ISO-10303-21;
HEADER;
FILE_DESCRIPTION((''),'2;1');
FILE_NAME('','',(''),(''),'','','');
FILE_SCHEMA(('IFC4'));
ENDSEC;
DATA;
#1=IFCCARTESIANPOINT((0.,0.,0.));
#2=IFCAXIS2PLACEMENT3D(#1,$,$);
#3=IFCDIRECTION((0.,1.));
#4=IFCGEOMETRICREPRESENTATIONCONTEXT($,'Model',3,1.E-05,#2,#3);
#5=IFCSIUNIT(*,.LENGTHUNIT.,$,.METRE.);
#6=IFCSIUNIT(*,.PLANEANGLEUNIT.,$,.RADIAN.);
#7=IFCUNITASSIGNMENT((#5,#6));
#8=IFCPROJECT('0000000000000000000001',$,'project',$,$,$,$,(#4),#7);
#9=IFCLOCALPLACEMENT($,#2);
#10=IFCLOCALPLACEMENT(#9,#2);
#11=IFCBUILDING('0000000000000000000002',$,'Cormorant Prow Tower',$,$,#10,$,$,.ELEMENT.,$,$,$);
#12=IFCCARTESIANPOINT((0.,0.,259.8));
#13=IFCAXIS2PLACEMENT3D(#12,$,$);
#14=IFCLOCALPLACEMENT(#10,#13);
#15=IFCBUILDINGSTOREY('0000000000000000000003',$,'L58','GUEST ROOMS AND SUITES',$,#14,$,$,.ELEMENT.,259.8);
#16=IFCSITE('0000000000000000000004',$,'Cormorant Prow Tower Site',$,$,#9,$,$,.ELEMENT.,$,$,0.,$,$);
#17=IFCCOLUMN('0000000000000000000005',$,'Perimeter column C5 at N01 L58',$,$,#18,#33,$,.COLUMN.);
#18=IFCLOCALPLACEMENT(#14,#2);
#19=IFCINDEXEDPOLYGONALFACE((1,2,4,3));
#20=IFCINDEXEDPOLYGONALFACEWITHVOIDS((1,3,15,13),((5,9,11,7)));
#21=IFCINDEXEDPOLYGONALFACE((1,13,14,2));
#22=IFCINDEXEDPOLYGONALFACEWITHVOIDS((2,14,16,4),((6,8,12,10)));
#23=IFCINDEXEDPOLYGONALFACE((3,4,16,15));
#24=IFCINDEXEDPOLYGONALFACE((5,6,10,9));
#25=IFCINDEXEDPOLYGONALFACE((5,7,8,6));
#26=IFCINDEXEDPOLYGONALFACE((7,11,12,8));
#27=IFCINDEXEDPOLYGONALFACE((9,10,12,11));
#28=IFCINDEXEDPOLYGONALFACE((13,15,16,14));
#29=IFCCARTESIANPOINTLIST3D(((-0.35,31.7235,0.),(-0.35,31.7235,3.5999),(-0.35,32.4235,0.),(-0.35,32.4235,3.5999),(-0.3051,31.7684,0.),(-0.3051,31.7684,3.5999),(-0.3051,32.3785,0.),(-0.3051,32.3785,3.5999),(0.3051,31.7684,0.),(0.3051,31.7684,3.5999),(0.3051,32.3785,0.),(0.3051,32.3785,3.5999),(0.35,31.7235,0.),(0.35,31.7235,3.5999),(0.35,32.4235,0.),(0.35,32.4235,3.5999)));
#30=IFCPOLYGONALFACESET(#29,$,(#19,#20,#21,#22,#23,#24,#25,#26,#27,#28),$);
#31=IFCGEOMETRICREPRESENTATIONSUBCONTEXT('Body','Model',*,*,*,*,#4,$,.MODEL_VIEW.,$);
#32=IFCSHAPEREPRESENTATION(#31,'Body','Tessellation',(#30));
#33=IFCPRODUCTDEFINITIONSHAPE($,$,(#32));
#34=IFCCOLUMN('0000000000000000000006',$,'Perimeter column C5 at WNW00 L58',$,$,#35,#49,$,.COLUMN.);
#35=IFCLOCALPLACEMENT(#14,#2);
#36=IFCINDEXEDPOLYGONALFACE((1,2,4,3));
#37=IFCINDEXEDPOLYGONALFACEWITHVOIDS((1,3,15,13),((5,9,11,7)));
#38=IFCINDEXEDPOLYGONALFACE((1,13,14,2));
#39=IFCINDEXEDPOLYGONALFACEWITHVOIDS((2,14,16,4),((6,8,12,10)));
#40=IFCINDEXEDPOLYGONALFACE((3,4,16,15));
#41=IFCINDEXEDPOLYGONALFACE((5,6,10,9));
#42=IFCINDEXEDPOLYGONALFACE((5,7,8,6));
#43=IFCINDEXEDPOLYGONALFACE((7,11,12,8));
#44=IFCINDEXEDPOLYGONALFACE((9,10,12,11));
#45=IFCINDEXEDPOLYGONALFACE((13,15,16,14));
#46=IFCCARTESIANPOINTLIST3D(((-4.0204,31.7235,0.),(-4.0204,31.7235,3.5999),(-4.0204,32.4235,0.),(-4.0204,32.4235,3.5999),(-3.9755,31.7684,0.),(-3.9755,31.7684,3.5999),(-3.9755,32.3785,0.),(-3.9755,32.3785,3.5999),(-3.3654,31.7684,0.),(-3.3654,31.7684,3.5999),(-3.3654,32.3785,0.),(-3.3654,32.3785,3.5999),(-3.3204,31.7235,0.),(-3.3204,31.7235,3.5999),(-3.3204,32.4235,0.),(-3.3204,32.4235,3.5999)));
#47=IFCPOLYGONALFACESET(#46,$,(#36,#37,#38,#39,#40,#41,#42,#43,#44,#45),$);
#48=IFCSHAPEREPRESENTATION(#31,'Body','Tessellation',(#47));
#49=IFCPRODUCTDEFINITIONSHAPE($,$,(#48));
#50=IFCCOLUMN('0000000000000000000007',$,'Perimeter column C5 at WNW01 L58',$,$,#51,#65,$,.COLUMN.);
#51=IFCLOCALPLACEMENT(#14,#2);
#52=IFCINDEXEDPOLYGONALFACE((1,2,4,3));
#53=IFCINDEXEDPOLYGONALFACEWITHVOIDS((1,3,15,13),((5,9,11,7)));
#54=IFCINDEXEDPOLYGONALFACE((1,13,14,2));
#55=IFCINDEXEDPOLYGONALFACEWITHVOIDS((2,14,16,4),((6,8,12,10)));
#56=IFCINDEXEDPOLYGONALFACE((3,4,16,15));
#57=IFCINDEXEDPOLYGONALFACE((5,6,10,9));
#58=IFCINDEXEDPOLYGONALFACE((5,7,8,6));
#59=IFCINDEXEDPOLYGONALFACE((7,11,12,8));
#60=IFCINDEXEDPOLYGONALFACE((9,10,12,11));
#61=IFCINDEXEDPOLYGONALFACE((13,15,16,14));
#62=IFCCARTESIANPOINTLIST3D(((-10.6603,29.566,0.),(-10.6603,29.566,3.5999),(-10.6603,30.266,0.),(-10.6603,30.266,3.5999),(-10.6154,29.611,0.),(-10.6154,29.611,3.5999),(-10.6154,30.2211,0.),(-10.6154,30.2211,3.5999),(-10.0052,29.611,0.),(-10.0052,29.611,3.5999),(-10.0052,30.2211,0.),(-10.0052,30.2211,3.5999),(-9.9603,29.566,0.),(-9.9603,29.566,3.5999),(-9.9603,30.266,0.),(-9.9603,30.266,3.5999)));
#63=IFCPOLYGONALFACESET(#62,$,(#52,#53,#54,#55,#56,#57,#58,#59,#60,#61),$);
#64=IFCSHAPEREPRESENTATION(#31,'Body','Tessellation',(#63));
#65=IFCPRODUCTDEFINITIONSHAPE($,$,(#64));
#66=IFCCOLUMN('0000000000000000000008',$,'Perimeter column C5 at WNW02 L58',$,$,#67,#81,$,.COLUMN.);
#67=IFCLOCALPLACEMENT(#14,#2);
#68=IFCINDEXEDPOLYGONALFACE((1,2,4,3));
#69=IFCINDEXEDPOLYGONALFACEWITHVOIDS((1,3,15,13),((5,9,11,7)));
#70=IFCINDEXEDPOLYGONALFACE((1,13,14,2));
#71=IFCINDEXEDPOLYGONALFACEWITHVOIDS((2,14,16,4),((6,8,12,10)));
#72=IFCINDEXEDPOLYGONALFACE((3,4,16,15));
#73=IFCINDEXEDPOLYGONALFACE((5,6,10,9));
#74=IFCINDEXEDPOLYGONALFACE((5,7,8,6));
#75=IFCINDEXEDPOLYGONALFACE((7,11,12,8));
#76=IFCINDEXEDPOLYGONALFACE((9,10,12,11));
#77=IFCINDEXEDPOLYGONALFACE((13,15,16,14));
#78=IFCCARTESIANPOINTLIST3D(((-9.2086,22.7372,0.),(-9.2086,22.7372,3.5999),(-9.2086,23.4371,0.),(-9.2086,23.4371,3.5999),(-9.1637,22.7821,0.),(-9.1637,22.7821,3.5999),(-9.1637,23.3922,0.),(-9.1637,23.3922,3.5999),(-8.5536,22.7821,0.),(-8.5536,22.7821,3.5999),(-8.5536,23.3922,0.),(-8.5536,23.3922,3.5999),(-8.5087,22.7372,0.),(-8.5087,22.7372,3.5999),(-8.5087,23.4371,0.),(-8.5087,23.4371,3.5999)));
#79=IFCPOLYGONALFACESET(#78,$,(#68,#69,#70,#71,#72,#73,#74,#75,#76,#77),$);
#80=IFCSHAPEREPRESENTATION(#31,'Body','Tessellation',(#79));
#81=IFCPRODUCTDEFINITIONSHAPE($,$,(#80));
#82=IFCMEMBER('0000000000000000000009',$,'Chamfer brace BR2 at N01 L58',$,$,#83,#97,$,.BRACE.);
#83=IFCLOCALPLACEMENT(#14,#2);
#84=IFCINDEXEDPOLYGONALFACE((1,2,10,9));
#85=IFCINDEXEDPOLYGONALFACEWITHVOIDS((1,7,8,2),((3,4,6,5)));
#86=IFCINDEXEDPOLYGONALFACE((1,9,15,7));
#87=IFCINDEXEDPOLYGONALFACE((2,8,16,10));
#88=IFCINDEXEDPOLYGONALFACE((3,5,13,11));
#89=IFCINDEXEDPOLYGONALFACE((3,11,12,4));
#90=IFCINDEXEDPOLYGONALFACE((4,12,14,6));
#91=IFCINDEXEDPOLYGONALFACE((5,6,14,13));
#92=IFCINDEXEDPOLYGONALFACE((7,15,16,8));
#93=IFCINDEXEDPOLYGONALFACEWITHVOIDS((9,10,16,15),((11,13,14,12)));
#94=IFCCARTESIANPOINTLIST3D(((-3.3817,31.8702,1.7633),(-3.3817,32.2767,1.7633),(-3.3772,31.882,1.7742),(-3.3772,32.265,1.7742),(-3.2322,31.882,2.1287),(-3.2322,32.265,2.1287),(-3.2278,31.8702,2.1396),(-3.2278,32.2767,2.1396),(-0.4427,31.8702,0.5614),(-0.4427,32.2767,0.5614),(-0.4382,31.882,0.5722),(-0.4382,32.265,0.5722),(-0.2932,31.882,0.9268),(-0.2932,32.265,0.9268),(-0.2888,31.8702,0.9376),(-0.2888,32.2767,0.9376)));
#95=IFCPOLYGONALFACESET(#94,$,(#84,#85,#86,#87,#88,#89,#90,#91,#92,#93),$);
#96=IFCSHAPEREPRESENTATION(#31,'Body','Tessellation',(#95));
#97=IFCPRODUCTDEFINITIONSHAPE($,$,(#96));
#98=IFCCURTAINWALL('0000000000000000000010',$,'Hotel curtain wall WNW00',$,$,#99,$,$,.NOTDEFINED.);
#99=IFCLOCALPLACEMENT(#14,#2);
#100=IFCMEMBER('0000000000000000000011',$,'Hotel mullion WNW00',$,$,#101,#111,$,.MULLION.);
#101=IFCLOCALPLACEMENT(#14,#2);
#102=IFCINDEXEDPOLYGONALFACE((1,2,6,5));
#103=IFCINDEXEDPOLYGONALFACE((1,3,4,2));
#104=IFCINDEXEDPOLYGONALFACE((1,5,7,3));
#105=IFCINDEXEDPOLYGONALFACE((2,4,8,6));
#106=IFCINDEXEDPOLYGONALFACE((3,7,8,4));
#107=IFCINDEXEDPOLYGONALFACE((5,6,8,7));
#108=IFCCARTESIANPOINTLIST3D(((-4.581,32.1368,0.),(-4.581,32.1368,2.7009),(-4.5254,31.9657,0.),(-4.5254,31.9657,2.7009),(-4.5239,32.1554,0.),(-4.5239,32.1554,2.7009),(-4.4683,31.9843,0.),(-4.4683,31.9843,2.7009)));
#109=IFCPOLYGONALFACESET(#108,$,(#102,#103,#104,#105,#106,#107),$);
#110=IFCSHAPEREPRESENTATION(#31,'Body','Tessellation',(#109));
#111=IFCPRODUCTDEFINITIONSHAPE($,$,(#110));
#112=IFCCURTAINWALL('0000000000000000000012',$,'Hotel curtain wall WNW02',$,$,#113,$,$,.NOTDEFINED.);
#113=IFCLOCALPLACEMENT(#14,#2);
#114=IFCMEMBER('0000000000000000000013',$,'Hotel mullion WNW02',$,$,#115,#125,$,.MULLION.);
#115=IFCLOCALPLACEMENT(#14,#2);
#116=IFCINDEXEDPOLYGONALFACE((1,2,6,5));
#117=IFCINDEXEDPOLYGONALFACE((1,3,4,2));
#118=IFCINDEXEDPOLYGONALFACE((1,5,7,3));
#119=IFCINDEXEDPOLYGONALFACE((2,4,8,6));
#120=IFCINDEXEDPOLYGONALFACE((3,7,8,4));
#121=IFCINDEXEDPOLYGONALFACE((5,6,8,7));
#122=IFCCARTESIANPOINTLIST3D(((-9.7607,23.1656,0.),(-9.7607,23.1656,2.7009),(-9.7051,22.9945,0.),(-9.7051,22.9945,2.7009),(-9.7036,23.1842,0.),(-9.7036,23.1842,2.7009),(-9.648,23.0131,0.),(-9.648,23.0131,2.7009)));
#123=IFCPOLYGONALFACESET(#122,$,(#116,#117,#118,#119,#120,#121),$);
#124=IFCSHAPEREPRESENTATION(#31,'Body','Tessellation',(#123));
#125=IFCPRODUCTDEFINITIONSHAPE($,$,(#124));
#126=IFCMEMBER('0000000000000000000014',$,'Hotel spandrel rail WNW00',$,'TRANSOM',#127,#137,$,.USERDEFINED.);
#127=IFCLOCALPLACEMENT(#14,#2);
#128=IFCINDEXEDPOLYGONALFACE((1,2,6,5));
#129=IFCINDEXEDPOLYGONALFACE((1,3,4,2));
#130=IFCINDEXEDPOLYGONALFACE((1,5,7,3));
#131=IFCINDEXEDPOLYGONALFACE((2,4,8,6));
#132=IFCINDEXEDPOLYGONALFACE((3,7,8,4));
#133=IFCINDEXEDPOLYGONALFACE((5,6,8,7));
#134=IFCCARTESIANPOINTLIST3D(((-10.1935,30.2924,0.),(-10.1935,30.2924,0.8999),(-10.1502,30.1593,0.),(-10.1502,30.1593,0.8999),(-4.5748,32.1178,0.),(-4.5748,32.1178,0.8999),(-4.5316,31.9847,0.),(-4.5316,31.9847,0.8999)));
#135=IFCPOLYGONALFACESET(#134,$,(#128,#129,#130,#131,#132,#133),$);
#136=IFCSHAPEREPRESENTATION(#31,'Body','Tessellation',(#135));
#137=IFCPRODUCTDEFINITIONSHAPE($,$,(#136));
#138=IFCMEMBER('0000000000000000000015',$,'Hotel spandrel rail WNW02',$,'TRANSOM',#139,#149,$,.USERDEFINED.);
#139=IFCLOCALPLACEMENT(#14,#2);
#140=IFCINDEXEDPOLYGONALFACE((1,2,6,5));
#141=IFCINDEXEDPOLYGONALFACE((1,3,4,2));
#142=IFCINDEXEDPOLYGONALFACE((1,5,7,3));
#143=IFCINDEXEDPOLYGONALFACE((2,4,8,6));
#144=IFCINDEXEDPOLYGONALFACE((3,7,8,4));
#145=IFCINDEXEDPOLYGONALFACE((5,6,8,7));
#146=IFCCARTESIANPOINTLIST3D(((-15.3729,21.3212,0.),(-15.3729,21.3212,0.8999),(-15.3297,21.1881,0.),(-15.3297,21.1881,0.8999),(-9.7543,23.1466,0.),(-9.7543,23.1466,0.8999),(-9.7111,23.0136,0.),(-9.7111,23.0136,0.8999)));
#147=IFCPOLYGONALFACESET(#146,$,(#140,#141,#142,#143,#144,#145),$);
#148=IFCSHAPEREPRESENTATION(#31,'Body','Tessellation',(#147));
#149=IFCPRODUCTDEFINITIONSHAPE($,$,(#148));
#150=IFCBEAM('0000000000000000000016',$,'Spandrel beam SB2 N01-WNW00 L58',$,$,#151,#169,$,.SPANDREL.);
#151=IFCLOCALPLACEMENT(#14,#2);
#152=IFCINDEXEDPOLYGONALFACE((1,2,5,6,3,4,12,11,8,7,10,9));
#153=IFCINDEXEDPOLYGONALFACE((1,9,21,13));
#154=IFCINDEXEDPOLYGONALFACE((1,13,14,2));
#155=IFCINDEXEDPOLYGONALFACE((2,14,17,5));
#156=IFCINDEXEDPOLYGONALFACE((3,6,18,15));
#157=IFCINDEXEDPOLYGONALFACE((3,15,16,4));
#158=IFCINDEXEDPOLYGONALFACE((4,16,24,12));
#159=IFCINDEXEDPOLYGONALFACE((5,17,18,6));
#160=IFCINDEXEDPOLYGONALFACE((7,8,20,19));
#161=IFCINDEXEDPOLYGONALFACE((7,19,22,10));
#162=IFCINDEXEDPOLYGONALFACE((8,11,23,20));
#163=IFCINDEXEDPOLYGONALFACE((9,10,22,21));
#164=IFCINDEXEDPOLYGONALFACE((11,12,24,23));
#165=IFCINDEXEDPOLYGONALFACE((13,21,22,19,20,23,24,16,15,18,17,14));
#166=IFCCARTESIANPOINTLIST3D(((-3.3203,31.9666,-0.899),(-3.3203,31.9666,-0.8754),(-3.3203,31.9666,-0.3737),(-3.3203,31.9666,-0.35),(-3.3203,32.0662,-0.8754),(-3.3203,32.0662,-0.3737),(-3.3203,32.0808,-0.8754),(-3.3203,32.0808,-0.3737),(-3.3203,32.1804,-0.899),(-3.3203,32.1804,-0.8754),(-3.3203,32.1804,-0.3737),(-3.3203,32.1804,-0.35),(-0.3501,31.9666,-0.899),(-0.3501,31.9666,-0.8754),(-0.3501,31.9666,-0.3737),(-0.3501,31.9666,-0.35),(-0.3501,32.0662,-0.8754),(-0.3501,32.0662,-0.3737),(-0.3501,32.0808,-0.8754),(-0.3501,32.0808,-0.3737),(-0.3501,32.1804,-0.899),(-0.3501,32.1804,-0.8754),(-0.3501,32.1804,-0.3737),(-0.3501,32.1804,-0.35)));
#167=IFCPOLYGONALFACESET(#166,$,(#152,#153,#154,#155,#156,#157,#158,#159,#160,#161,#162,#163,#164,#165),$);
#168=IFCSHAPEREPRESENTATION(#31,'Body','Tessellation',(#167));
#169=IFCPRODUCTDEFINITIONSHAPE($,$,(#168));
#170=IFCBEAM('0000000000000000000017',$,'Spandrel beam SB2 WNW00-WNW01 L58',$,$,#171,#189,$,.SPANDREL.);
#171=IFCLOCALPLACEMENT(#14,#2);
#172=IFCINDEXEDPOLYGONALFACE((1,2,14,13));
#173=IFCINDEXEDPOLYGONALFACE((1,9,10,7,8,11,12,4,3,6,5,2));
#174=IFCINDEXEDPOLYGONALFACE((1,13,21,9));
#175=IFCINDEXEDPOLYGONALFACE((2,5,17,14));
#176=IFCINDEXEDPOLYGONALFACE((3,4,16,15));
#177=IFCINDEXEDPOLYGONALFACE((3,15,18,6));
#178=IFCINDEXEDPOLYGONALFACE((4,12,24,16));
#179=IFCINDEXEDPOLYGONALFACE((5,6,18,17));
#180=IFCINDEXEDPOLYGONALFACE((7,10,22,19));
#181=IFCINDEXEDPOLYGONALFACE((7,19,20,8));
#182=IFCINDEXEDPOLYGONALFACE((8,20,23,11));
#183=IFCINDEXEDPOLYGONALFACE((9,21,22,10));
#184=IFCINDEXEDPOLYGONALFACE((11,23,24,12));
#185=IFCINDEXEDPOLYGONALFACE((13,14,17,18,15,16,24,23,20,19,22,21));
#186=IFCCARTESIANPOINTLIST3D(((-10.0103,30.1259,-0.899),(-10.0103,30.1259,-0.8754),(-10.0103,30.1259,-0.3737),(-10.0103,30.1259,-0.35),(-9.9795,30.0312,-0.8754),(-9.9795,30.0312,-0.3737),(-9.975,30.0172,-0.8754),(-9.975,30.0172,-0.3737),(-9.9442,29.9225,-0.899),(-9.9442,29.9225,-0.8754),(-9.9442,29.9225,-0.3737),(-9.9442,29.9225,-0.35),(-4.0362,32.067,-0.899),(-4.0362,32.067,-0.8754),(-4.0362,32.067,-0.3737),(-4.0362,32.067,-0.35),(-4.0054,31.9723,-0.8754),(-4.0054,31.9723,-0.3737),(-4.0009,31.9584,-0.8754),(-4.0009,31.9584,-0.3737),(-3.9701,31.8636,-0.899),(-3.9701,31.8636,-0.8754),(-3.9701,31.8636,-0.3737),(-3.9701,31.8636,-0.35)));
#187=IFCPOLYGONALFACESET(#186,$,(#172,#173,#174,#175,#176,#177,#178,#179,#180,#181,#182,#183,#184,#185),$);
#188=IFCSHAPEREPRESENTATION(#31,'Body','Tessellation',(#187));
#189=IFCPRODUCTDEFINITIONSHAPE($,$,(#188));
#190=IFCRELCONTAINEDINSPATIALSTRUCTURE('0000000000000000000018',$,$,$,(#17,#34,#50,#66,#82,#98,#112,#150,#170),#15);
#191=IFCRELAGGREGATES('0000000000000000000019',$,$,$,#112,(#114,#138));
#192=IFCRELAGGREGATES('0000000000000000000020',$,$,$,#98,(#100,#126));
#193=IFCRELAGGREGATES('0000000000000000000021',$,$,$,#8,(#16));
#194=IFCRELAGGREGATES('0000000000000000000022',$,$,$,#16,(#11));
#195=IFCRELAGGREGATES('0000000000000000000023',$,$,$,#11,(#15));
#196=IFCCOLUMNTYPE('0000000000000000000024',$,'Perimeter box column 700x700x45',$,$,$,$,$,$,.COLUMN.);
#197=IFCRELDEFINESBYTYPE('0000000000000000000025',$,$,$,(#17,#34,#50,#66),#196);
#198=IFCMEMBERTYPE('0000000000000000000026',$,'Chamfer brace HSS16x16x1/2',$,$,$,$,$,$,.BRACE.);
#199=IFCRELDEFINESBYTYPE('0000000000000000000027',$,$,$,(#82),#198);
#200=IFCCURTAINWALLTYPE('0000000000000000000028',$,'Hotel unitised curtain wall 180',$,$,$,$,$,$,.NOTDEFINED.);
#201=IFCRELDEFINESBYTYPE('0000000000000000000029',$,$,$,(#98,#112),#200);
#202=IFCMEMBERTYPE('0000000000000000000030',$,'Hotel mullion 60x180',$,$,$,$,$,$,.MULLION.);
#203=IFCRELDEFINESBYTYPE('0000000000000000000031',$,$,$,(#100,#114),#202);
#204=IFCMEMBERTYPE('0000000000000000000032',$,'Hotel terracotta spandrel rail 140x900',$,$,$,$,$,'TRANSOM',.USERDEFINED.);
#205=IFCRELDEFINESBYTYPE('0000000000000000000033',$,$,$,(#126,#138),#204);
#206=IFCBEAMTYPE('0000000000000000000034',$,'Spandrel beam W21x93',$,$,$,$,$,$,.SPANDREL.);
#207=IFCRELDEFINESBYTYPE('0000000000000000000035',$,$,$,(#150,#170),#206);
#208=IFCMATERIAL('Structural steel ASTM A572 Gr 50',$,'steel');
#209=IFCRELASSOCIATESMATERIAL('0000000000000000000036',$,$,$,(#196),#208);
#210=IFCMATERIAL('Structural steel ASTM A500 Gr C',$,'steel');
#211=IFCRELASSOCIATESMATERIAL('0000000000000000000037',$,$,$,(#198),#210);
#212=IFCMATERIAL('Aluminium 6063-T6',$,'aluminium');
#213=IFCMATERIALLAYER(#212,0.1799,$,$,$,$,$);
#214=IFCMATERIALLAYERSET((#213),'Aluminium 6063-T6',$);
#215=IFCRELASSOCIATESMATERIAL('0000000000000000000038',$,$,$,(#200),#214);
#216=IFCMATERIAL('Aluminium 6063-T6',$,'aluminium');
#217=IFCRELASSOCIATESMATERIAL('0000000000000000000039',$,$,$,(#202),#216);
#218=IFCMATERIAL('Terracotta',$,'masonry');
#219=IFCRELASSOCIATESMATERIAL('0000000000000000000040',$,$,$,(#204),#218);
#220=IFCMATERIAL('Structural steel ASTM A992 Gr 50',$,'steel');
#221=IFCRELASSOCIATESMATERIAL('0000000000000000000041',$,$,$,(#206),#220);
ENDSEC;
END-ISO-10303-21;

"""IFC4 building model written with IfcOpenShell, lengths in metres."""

from ifc_helpers import new_model, si_unit, direction, frame, origin, origin_2d, place, context, subcontext, project, spatial, rectangle, hollow_rectangle, i_section, extrude, material, layer, layer_set, material_profile, profile_set, type_object, element, aggregate, save


model = new_model("IFC4")

# Units and contexts
model_context = context("Model", 3, precision=1e-05, world=origin(), true_north=direction((0.0, 1.0)))
body_context = subcontext(model_context, "Body", "Model", "MODEL_VIEW")
ifc_project = project(units=[si_unit("LENGTHUNIT", "METRE"), si_unit("PLANEANGLEUNIT", "RADIAN")], contexts=[model_context])

# Site, building, storey
site_placement = place(None, origin())
site = spatial("IfcSite", under=ifc_project, at=site_placement, Name="Cormorant Prow Tower Site", CompositionType="ELEMENT", RefElevation=0.0)
building_placement = place(site_placement, origin())
building = spatial("IfcBuilding", under=site, at=building_placement, Name="Cormorant Prow Tower", CompositionType="ELEMENT")
storey_placement = place(building_placement, frame((0.0, 0.0, 259.8)))
storey = spatial("IfcBuildingStorey", under=building, at=storey_placement, Name="L58", Description="GUEST ROOMS AND SUITES", CompositionType="ELEMENT", Elevation=259.8)

# Columns
ifc_material_1 = material(Name="Structural steel ASTM A572 Gr 50", Category="steel")
ifc_material_profile_1 = material_profile(ifc_material_1, hollow_rectangle(XDim=0.7, YDim=0.7, WallThickness=0.0449, at=origin_2d()), Name="Box 700x700x45")
ifc_profile_set_1 = profile_set([ifc_material_profile_1], Name="Structural steel ASTM A572 Gr 50")
column_type = type_object("IfcColumnType", Name="Perimeter box column 700x700x45", PredefinedType="COLUMN", material=ifc_profile_set_1)
for number, where, z_axis, x_axis, name in (
    (1, (0.0, 32.0735, 0.0), (0.0, 0.0, 1.0), (1.0, 0.0, 0.0), "Perimeter column C5 at N01 L58"),
    (2, (-3.6704, 32.0735, 0.0), (0.0, 0.0, 1.0), (1.0, 0.0, 0.0), "Perimeter column C5 at WNW00 L58"),
    (3, (-10.3103, 29.916, 0.0), (0.0, 0.0, 1.0), (1.0, 0.0, 0.0), "Perimeter column C5 at WNW01 L58"),
    (4, (-8.8586, 23.0872, 0.0), (0.0, 0.0, 1.0), (1.0, 0.0, 0.0), "Perimeter column C5 at WNW02 L58"),
):
    element("IfcColumn", number, at=place(storey_placement, frame(where, z_axis=z_axis, x_axis=x_axis)), inside=storey, type_object=column_type, Name=name, PredefinedType="COLUMN", context=body_context, shape_type="SweptSolid", body=[
        extrude(hollow_rectangle(XDim=0.7, YDim=0.7, WallThickness=0.0449, at=origin_2d()), origin(), (0.0, 0.0, 1.0), 3.5999),
    ])

# Member
ifc_material_2 = material(Name="Structural steel ASTM A500 Gr C", Category="steel")
ifc_material_profile_2 = material_profile(ifc_material_2, hollow_rectangle(XDim=0.4065, YDim=0.4065, WallThickness=0.0117, at=origin_2d()), Name="HSS16x16x1/2")
ifc_profile_set_2 = profile_set([ifc_material_profile_2], Name="Structural steel ASTM A500 Gr C")
member_type_1 = type_object("IfcMemberType", Name="Chamfer brace HSS16x16x1/2", PredefinedType="BRACE", material=ifc_profile_set_2)
member_1_placement = place(storey_placement, frame((-0.3657, 32.0735, 0.7495), z_axis=(-0.925591, 0.0, 0.378525), x_axis=(0.0, -1.0, 0.0)))
element("IfcMember", 5, at=member_1_placement, inside=storey, type_object=member_type_1, Name="Chamfer brace BR2 at N01 L58", PredefinedType="BRACE", context=body_context, shape_type="SweptSolid", body=[
    extrude(hollow_rectangle(XDim=0.4065, YDim=0.4065, WallThickness=0.0117, at=origin_2d()), origin(), (0.0, 0.0, 1.0), 3.1753),
])

# Curtain walls, members
ifc_material_3 = material(Name="Aluminium 6063-T6", Category="aluminium")
ifc_layer_1 = layer(ifc_material_3, 0.1799)
ifc_layer_set_1 = layer_set([ifc_layer_1], Name="Aluminium 6063-T6")
curtain_wall_type = type_object("IfcCurtainWallType", Name="Hotel unitised curtain wall 180", PredefinedType="NOTDEFINED", material=ifc_layer_set_1)
curtain_wall_1_placement = place(storey_placement, origin())
curtain_wall_1 = element("IfcCurtainWall", 6, at=curtain_wall_1_placement, inside=storey, type_object=curtain_wall_type, Name="Hotel curtain wall WNW00", PredefinedType="NOTDEFINED")
ifc_material_4 = material(Name="Aluminium 6063-T6", Category="aluminium")
ifc_material_profile_3 = material_profile(ifc_material_4, rectangle(XDim=0.1799, YDim=0.0601, at=origin_2d()), Name="Hotel mullion 60x180")
ifc_profile_set_3 = profile_set([ifc_material_profile_3], Name="Aluminium 6063-T6")
member_type_2 = type_object("IfcMemberType", Name="Hotel mullion 60x180", PredefinedType="MULLION", material=ifc_profile_set_3)
member_2_placement = place(storey_placement, frame((-4.5247, 32.0605, 0.0), z_axis=(0.0, 0.0, 1.0), x_axis=(0.309017, -0.951057, 0.0)))
member_2 = element("IfcMember", 7, at=member_2_placement, type_object=member_type_2, Name="Hotel mullion WNW00", PredefinedType="MULLION", context=body_context, shape_type="SweptSolid", body=[
    extrude(rectangle(XDim=0.1799, YDim=0.0601, at=origin_2d()), origin(), (0.0, 0.0, 1.0), 2.7009),
])
curtain_wall_2_placement = place(storey_placement, origin())
curtain_wall_2 = element("IfcCurtainWall", 8, at=curtain_wall_2_placement, inside=storey, type_object=curtain_wall_type, Name="Hotel curtain wall WNW02", PredefinedType="NOTDEFINED")
member_3_placement = place(storey_placement, frame((-9.7043, 23.0894, 0.0), z_axis=(0.0, 0.0, 1.0), x_axis=(0.309017, -0.951057, 0.0)))
member_3 = element("IfcMember", 9, at=member_3_placement, type_object=member_type_2, Name="Hotel mullion WNW02", PredefinedType="MULLION", context=body_context, shape_type="SweptSolid", body=[
    extrude(rectangle(XDim=0.1799, YDim=0.0601, at=origin_2d()), origin(), (0.0, 0.0, 1.0), 2.7009),
])

# Members
ifc_material_5 = material(Name="Terracotta", Category="masonry")
ifc_material_profile_4 = material_profile(ifc_material_5, rectangle(XDim=0.1399, YDim=0.8999, at=origin_2d()), Name="Hotel terracotta spandrel rail 140x900")
ifc_profile_set_4 = profile_set([ifc_material_profile_4], Name="Terracotta")
member_type_3 = type_object("IfcMemberType", Name="Hotel terracotta spandrel rail 140x900", ElementType="TRANSOM", PredefinedType="USERDEFINED", material=ifc_profile_set_4)
member_4_placement = place(storey_placement, frame((-4.5532, 32.0513, 0.45), z_axis=(-0.951065, -0.308991, 0.0), x_axis=(0.308991, -0.951065, 0.0)))
member_4 = element("IfcMember", 10, at=member_4_placement, type_object=member_type_3, Name="Hotel spandrel rail WNW00", ObjectType="TRANSOM", PredefinedType="USERDEFINED", context=body_context, shape_type="SweptSolid", body=[
    extrude(rectangle(XDim=0.1399, YDim=0.8999, at=origin_2d()), origin(), (0.0, 0.0, 1.0), 5.9077),
])
member_5_placement = place(storey_placement, frame((-9.7327, 23.0801, 0.45), z_axis=(-0.951065, -0.308991, 0.0), x_axis=(0.308991, -0.951065, 0.0)))
member_5 = element("IfcMember", 11, at=member_5_placement, type_object=member_type_3, Name="Hotel spandrel rail WNW02", ObjectType="TRANSOM", PredefinedType="USERDEFINED", context=body_context, shape_type="SweptSolid", body=[
    extrude(rectangle(XDim=0.1399, YDim=0.8999, at=origin_2d()), origin(), (0.0, 0.0, 1.0), 5.9077),
])
aggregate(curtain_wall_2, [member_3, member_5])

# Beams
ifc_material_6 = material(Name="Structural steel ASTM A992 Gr 50", Category="steel")
ifc_material_profile_5 = material_profile(ifc_material_6, i_section(OverallWidth=0.2139, OverallDepth=0.5491, WebThickness=0.0146, FlangeThickness=0.0237, at=origin_2d()), Name="W21x93")
ifc_profile_set_5 = profile_set([ifc_material_profile_5], Name="Structural steel ASTM A992 Gr 50")
beam_type = type_object("IfcBeamType", Name="Spandrel beam W21x93", PredefinedType="SPANDREL", material=ifc_profile_set_5)
beam_placement = place(storey_placement, frame((-0.3501, 32.0735, -0.6245), z_axis=(-1.0, 0.0, 0.0), x_axis=(0.0, -1.0, 0.0)))
element("IfcBeam", 12, at=beam_placement, inside=storey, type_object=beam_type, Name="Spandrel beam SB2 N01-WNW00 L58", PredefinedType="SPANDREL", context=body_context, shape_type="SweptSolid", body=[
    extrude(i_section(OverallWidth=0.2139, OverallDepth=0.5491, WebThickness=0.0146, FlangeThickness=0.0237, at=origin_2d()), origin(), (0.0, 0.0, 1.0), 2.9702),
])
for number, where, z_axis, x_axis, name in (
    (13, (-4.0032, 31.9653, -0.6245), (-0.951054, -0.309025, 0.0), (0.309025, -0.951054, 0.0), "Spandrel beam SB2 WNW00-WNW01 L58"),
):
    element("IfcBeam", number, at=place(storey_placement, frame(where, z_axis=z_axis, x_axis=x_axis)), inside=storey, type_object=beam_type, Name=name, PredefinedType="SPANDREL", context=body_context, shape_type="SweptSolid", body=[
        extrude(i_section(OverallWidth=0.2139, OverallDepth=0.5491, WebThickness=0.0146, FlangeThickness=0.0237, at=origin_2d()), origin(), (0.0, 0.0, 1.0), 6.2815),
    ])

aggregate(curtain_wall_1, [member_2, member_4])

save(model, "model.ifc")
